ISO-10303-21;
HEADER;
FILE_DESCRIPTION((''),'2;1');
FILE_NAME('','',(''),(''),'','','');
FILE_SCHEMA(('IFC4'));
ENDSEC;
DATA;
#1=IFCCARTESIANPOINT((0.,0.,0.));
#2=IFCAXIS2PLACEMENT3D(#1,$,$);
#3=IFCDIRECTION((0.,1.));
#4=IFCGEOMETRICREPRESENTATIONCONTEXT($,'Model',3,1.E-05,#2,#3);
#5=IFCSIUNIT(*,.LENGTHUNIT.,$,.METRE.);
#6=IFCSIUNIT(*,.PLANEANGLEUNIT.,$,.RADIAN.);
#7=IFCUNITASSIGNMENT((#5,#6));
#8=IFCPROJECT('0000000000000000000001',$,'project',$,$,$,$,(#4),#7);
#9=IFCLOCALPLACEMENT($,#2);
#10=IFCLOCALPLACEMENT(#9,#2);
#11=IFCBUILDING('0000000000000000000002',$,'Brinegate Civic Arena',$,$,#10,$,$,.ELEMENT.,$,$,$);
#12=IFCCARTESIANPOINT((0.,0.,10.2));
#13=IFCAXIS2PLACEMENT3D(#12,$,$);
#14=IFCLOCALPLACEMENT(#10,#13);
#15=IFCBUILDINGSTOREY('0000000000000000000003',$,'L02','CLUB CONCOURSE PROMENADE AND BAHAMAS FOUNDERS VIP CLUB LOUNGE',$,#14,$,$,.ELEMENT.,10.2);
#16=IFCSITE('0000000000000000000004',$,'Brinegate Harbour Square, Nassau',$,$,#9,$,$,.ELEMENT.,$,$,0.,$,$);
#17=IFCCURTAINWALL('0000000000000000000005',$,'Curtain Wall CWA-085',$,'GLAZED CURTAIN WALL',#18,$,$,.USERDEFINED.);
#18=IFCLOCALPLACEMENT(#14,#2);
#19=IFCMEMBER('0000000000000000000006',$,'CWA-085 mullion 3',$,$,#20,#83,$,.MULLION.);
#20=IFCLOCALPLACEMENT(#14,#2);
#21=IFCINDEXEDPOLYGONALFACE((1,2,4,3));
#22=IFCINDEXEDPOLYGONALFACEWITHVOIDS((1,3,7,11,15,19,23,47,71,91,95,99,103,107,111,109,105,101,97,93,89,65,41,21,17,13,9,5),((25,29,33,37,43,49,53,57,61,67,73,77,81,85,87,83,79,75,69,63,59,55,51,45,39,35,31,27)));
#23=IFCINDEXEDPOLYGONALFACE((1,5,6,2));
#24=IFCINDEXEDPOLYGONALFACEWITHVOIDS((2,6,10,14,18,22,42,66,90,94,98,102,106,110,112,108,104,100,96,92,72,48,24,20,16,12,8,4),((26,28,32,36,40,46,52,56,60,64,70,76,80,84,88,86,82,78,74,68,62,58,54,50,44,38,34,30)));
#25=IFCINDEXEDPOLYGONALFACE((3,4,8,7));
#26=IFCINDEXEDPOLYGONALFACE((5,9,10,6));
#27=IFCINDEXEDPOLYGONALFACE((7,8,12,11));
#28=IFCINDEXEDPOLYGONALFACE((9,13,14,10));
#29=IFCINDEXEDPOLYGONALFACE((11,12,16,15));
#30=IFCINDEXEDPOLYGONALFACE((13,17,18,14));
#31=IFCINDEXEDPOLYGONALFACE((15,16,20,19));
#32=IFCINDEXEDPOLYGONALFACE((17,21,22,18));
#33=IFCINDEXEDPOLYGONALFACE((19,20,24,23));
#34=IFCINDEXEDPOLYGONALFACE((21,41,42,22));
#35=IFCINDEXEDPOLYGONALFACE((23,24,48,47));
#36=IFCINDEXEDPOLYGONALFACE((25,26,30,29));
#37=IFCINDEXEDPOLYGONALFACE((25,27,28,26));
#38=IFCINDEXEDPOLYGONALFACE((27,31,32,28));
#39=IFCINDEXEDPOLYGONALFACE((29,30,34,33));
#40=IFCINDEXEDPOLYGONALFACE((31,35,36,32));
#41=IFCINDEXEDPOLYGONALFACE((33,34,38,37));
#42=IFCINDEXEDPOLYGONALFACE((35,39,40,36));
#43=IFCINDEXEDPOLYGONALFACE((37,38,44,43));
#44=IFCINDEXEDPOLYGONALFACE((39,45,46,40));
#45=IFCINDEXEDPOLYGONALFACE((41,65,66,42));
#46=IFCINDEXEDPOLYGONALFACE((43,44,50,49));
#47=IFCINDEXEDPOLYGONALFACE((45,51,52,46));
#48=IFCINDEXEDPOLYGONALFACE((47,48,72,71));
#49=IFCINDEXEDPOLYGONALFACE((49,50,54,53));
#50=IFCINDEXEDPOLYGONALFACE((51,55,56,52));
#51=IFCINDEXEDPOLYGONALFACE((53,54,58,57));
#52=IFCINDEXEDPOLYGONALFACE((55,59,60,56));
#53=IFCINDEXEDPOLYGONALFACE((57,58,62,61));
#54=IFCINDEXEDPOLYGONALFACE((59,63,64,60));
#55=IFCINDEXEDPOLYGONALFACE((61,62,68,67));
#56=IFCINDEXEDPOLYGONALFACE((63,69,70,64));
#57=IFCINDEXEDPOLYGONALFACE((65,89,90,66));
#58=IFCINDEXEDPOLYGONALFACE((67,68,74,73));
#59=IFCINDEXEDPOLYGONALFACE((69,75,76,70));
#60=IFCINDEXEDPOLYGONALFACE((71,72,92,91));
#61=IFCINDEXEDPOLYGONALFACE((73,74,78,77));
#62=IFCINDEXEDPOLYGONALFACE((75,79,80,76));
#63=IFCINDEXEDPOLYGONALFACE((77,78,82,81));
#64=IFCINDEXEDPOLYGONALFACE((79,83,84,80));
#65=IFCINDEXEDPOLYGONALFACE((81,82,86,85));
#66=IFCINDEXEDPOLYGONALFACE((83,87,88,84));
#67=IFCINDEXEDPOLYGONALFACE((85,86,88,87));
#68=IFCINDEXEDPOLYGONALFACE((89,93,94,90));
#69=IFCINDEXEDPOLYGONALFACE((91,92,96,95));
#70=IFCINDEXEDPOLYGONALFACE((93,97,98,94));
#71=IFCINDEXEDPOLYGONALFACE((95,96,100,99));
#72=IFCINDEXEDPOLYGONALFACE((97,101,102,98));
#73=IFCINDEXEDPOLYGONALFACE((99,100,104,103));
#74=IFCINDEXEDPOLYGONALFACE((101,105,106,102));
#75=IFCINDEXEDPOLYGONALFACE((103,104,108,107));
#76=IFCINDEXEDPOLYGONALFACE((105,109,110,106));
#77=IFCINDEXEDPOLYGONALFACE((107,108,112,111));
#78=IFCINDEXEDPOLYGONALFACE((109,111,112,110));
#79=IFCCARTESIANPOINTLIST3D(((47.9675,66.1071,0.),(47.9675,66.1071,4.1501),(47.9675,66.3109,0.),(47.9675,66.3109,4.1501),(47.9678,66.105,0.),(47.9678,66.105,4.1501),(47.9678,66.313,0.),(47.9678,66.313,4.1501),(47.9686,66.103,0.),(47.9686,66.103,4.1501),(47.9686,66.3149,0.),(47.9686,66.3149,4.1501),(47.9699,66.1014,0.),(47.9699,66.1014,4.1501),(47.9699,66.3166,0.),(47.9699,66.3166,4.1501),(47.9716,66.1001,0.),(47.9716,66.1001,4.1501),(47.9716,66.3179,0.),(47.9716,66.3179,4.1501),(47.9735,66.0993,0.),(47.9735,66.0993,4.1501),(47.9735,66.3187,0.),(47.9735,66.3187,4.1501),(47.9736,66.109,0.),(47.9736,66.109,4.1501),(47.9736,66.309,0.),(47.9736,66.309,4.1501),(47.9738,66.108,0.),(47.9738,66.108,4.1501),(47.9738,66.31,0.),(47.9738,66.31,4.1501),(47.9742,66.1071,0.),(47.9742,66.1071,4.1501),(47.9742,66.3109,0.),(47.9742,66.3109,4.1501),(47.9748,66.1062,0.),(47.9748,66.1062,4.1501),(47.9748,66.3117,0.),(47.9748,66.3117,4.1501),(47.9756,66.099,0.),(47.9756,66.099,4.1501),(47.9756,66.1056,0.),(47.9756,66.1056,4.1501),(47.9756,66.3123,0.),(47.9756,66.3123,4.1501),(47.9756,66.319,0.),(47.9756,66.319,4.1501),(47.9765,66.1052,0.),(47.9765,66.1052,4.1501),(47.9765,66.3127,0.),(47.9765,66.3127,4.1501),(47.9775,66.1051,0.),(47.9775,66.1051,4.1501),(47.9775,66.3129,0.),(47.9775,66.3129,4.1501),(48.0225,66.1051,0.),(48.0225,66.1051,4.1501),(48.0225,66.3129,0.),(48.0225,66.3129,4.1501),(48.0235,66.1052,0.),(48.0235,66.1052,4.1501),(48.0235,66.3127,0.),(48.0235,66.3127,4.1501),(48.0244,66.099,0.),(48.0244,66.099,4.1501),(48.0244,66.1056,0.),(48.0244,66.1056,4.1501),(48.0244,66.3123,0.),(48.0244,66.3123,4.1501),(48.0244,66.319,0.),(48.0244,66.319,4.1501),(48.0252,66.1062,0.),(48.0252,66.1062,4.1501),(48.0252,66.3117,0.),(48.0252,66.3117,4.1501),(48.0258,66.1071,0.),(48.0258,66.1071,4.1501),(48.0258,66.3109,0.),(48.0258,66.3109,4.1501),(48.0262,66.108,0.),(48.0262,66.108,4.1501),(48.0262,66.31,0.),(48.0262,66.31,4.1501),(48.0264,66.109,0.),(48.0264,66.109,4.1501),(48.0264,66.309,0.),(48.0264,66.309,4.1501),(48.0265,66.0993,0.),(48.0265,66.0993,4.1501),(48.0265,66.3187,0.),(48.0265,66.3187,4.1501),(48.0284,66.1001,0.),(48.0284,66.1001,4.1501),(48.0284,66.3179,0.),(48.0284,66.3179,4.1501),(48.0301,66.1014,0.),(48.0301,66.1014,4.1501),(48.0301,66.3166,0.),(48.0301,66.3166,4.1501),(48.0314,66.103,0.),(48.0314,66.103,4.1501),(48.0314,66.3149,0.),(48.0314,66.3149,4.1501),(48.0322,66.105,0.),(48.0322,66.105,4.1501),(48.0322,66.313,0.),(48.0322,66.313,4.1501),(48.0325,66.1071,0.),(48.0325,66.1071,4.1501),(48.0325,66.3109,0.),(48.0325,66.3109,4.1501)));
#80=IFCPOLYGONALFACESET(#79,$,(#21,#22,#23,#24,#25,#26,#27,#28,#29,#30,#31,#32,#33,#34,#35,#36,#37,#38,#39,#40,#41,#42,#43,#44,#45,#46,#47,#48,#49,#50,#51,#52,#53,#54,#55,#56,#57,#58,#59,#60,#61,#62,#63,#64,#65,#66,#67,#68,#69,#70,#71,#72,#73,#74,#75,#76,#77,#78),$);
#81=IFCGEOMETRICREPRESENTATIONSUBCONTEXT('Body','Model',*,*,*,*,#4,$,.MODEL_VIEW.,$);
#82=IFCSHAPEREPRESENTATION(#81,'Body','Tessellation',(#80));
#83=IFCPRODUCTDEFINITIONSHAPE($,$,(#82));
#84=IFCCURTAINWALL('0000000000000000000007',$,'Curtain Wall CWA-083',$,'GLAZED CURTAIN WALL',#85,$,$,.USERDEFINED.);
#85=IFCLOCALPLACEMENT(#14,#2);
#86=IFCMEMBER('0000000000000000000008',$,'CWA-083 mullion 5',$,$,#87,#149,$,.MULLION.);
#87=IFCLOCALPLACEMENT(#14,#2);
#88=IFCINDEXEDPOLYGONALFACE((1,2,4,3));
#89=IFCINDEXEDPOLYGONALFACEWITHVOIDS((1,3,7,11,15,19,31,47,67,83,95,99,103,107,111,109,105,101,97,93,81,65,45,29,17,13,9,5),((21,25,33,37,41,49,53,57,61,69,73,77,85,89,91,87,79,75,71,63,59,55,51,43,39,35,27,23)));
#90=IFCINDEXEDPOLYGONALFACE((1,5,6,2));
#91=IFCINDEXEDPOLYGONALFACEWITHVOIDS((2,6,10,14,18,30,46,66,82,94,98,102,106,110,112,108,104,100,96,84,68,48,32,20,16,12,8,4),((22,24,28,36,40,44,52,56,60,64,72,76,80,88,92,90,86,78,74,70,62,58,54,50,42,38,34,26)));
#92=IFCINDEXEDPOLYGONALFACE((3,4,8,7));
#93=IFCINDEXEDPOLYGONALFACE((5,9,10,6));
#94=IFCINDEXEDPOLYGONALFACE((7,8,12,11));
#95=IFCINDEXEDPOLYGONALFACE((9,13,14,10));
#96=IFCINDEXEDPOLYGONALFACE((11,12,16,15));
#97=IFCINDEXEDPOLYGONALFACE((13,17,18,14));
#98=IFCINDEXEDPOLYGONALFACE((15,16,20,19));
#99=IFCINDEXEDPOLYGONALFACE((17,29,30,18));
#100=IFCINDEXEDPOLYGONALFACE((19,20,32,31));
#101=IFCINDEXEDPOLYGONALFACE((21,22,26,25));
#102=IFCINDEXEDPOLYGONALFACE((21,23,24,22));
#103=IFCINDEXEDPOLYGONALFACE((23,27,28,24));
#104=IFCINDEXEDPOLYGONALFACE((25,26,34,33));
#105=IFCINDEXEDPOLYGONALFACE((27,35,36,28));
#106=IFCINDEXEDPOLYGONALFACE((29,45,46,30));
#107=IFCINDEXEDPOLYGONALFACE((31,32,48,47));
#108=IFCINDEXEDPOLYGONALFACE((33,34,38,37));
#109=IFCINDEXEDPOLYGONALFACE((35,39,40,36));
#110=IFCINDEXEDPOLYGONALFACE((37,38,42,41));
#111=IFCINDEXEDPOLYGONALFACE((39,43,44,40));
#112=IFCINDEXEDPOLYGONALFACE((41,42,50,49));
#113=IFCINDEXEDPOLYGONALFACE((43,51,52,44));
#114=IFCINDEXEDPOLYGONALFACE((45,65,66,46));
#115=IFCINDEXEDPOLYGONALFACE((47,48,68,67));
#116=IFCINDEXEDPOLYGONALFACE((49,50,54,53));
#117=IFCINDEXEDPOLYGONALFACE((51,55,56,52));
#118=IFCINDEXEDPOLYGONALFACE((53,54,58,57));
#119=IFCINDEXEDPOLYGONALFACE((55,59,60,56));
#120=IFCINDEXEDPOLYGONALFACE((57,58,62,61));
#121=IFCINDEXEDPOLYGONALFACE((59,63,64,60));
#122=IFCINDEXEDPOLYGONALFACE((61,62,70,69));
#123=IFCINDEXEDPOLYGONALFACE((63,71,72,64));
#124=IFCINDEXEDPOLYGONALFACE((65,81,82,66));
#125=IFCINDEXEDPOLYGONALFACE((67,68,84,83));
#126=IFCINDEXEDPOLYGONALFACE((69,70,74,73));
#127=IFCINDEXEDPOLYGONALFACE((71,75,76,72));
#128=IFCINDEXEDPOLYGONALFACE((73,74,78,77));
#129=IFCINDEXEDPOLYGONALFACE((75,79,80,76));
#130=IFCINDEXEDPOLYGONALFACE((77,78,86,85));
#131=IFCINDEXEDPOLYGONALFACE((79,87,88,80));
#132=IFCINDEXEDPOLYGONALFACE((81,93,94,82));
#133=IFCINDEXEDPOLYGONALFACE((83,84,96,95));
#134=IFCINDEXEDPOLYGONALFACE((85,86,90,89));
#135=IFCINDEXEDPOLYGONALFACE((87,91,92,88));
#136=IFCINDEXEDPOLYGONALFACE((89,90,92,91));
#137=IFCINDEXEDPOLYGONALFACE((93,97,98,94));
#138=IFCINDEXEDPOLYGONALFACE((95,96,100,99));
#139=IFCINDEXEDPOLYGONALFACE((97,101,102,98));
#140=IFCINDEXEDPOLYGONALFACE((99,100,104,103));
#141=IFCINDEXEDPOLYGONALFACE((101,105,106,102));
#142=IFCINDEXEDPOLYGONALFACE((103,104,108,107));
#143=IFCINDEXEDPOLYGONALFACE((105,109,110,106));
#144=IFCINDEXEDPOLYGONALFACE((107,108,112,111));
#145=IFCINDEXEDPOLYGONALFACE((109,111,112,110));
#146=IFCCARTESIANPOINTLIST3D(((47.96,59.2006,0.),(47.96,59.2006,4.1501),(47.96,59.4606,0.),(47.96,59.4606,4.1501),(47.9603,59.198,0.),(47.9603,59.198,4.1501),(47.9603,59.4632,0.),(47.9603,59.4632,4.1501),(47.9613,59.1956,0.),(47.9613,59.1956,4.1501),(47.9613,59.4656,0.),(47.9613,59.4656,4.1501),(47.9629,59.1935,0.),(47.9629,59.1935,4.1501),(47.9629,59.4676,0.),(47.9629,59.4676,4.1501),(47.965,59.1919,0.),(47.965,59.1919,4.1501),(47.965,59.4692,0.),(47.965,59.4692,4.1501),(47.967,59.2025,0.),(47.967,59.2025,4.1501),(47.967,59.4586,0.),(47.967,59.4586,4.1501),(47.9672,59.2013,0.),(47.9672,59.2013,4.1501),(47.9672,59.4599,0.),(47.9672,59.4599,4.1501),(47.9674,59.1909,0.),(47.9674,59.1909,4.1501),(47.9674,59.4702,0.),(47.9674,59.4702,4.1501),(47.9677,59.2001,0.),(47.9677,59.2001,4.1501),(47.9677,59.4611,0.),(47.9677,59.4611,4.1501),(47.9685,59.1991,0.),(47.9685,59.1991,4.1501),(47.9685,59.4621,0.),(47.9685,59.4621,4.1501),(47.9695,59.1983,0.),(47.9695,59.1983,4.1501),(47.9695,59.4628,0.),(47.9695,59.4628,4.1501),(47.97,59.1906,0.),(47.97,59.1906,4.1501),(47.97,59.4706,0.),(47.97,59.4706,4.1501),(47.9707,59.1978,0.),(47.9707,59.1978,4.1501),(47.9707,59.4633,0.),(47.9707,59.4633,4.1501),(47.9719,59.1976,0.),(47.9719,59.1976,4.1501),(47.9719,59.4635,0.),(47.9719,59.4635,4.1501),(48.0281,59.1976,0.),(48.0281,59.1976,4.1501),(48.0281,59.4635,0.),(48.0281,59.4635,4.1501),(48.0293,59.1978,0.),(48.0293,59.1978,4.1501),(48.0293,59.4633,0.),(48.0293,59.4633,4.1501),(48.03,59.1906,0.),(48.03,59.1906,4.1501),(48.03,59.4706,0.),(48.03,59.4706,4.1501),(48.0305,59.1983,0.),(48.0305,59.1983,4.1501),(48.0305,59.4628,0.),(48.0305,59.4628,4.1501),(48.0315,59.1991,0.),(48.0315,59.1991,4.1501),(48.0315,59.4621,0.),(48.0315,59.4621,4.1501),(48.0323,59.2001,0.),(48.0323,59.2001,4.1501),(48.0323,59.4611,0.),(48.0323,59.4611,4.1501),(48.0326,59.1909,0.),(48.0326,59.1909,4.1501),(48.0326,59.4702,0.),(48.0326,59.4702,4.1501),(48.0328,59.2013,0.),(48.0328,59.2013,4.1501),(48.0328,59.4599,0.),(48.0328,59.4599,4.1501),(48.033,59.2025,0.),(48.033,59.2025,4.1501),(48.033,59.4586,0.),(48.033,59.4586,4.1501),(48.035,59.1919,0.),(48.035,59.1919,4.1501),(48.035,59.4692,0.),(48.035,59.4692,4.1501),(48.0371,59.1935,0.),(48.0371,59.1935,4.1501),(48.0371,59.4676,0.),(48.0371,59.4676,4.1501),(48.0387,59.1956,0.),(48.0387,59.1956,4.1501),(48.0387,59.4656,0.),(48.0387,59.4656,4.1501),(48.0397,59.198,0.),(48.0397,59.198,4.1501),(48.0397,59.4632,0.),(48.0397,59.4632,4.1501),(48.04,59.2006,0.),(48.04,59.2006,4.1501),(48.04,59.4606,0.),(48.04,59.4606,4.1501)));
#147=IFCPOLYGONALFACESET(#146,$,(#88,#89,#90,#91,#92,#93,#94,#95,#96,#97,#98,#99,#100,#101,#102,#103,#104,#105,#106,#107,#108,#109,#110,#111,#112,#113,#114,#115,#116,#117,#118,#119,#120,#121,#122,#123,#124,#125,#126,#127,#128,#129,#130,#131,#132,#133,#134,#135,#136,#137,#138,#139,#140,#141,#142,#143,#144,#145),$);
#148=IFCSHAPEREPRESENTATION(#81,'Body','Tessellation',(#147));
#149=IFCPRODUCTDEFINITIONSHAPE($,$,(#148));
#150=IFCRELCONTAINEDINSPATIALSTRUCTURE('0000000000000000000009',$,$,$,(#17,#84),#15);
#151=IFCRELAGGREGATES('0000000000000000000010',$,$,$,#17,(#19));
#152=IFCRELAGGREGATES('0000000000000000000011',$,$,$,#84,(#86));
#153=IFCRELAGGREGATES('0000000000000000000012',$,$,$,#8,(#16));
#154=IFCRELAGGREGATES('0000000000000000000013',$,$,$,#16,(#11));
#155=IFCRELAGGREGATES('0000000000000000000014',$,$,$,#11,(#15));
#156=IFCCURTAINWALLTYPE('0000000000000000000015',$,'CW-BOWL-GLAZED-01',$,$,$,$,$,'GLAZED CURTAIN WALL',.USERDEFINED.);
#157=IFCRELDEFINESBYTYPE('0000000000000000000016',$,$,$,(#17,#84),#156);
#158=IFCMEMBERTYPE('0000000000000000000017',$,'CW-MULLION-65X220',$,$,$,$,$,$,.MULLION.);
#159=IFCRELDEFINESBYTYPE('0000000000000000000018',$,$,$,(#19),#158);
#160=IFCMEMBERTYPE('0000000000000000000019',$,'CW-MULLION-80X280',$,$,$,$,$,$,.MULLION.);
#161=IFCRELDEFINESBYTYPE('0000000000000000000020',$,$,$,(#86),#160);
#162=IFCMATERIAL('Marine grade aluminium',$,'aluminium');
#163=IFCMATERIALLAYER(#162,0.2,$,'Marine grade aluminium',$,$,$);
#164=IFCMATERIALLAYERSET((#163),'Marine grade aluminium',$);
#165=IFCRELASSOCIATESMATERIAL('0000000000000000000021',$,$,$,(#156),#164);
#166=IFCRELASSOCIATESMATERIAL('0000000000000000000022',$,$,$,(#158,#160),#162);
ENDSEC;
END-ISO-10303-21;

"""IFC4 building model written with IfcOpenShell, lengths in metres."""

from ifc_helpers import new_model, si_unit, direction, frame, origin, origin_2d, place, context, subcontext, project, spatial, hollow_rectangle, extrude, material, layer, layer_set, material_profile, profile_set, type_object, element, aggregate, save


model = new_model("IFC4")

# Units and contexts
model_context = context("Model", 3, precision=1e-05, world=origin(), true_north=direction((0.0, 1.0)))
body_context = subcontext(model_context, "Body", "Model", "MODEL_VIEW")
ifc_project = project(units=[si_unit("LENGTHUNIT", "METRE"), si_unit("PLANEANGLEUNIT", "RADIAN")], contexts=[model_context])

# Site, building, storey
site_placement = place(None, origin())
site = spatial("IfcSite", under=ifc_project, at=site_placement, Name="Brinegate Harbour Square, Nassau", CompositionType="ELEMENT", RefElevation=0.0)
building_placement = place(site_placement, origin())
building = spatial("IfcBuilding", under=site, at=building_placement, Name="Brinegate Civic Arena", CompositionType="ELEMENT")
storey_placement = place(building_placement, frame((0.0, 0.0, 10.2)))
storey = spatial("IfcBuildingStorey", under=building, at=storey_placement, Name="L02", Description="CLUB CONCOURSE PROMENADE AND BAHAMAS FOUNDERS VIP CLUB LOUNGE", CompositionType="ELEMENT", Elevation=10.2)

# Curtain walls, members
ifc_material_1 = material(Name="Marine grade aluminium", Category="aluminium")
ifc_layer_1 = layer(ifc_material_1, 0.2, Name="Marine grade aluminium")
ifc_layer_set_1 = layer_set([ifc_layer_1], Name="Marine grade aluminium")
curtain_wall_type = type_object("IfcCurtainWallType", Name="CW-BOWL-GLAZED-01", ElementType="GLAZED CURTAIN WALL", PredefinedType="USERDEFINED", material=ifc_layer_set_1)
curtain_wall_1_placement = place(storey_placement, origin())
curtain_wall_1 = element("IfcCurtainWall", 1, at=curtain_wall_1_placement, inside=storey, type_object=curtain_wall_type, Name="Curtain Wall CWA-085", ObjectType="GLAZED CURTAIN WALL", PredefinedType="USERDEFINED")
ifc_material_profile_1 = material_profile(ifc_material_1, hollow_rectangle(XDim=0.0649, YDim=0.22, WallThickness=0.0061, InnerFilletRadius=0.0039, OuterFilletRadius=0.0081, at=origin_2d()), Name="MUL65X220")
ifc_profile_set_1 = profile_set([ifc_material_profile_1], Name="Marine grade aluminium")
member_type_1 = type_object("IfcMemberType", Name="CW-MULLION-65X220", PredefinedType="MULLION", material=ifc_profile_set_1)
member_1_placement = place(storey_placement, frame((48.0, 66.209, 0.0), z_axis=(0.0, 0.0, 1.0), x_axis=(-1.0, 0.0, 0.0)))
member_1 = element("IfcMember", 2, at=member_1_placement, type_object=member_type_1, Name="CWA-085 mullion 3", PredefinedType="MULLION", context=body_context, shape_type="SweptSolid", body=[
    extrude(hollow_rectangle(XDim=0.0649, YDim=0.22, WallThickness=0.0061, InnerFilletRadius=0.0039, OuterFilletRadius=0.0081, at=origin_2d()), origin(), (0.0, 0.0, 1.0), 4.1501),
])
curtain_wall_2_placement = place(storey_placement, origin())
curtain_wall_2 = element("IfcCurtainWall", 3, at=curtain_wall_2_placement, inside=storey, type_object=curtain_wall_type, Name="Curtain Wall CWA-083", ObjectType="GLAZED CURTAIN WALL", PredefinedType="USERDEFINED")
ifc_material_profile_2 = material_profile(ifc_material_1, hollow_rectangle(XDim=0.0801, YDim=0.28, WallThickness=0.0071, InnerFilletRadius=0.0049, OuterFilletRadius=0.01, at=origin_2d()), Name="MUL80X280")
ifc_profile_set_2 = profile_set([ifc_material_profile_2], Name="Marine grade aluminium")
member_type_2 = type_object("IfcMemberType", Name="CW-MULLION-80X280", PredefinedType="MULLION", material=ifc_profile_set_2)
member_2_placement = place(storey_placement, frame((48.0, 59.3306, 0.0), z_axis=(0.0, 0.0, 1.0), x_axis=(-1.0, 0.0, 0.0)))
member_2 = element("IfcMember", 4, at=member_2_placement, type_object=member_type_2, Name="CWA-083 mullion 5", PredefinedType="MULLION", context=body_context, shape_type="SweptSolid", body=[
    extrude(hollow_rectangle(XDim=0.0801, YDim=0.28, WallThickness=0.0071, InnerFilletRadius=0.0049, OuterFilletRadius=0.01, at=origin_2d()), origin(), (0.0, 0.0, 1.0), 4.1501),
])

aggregate(curtain_wall_1, [member_1])
aggregate(curtain_wall_2, [member_2])

save(model, "model.ifc")
